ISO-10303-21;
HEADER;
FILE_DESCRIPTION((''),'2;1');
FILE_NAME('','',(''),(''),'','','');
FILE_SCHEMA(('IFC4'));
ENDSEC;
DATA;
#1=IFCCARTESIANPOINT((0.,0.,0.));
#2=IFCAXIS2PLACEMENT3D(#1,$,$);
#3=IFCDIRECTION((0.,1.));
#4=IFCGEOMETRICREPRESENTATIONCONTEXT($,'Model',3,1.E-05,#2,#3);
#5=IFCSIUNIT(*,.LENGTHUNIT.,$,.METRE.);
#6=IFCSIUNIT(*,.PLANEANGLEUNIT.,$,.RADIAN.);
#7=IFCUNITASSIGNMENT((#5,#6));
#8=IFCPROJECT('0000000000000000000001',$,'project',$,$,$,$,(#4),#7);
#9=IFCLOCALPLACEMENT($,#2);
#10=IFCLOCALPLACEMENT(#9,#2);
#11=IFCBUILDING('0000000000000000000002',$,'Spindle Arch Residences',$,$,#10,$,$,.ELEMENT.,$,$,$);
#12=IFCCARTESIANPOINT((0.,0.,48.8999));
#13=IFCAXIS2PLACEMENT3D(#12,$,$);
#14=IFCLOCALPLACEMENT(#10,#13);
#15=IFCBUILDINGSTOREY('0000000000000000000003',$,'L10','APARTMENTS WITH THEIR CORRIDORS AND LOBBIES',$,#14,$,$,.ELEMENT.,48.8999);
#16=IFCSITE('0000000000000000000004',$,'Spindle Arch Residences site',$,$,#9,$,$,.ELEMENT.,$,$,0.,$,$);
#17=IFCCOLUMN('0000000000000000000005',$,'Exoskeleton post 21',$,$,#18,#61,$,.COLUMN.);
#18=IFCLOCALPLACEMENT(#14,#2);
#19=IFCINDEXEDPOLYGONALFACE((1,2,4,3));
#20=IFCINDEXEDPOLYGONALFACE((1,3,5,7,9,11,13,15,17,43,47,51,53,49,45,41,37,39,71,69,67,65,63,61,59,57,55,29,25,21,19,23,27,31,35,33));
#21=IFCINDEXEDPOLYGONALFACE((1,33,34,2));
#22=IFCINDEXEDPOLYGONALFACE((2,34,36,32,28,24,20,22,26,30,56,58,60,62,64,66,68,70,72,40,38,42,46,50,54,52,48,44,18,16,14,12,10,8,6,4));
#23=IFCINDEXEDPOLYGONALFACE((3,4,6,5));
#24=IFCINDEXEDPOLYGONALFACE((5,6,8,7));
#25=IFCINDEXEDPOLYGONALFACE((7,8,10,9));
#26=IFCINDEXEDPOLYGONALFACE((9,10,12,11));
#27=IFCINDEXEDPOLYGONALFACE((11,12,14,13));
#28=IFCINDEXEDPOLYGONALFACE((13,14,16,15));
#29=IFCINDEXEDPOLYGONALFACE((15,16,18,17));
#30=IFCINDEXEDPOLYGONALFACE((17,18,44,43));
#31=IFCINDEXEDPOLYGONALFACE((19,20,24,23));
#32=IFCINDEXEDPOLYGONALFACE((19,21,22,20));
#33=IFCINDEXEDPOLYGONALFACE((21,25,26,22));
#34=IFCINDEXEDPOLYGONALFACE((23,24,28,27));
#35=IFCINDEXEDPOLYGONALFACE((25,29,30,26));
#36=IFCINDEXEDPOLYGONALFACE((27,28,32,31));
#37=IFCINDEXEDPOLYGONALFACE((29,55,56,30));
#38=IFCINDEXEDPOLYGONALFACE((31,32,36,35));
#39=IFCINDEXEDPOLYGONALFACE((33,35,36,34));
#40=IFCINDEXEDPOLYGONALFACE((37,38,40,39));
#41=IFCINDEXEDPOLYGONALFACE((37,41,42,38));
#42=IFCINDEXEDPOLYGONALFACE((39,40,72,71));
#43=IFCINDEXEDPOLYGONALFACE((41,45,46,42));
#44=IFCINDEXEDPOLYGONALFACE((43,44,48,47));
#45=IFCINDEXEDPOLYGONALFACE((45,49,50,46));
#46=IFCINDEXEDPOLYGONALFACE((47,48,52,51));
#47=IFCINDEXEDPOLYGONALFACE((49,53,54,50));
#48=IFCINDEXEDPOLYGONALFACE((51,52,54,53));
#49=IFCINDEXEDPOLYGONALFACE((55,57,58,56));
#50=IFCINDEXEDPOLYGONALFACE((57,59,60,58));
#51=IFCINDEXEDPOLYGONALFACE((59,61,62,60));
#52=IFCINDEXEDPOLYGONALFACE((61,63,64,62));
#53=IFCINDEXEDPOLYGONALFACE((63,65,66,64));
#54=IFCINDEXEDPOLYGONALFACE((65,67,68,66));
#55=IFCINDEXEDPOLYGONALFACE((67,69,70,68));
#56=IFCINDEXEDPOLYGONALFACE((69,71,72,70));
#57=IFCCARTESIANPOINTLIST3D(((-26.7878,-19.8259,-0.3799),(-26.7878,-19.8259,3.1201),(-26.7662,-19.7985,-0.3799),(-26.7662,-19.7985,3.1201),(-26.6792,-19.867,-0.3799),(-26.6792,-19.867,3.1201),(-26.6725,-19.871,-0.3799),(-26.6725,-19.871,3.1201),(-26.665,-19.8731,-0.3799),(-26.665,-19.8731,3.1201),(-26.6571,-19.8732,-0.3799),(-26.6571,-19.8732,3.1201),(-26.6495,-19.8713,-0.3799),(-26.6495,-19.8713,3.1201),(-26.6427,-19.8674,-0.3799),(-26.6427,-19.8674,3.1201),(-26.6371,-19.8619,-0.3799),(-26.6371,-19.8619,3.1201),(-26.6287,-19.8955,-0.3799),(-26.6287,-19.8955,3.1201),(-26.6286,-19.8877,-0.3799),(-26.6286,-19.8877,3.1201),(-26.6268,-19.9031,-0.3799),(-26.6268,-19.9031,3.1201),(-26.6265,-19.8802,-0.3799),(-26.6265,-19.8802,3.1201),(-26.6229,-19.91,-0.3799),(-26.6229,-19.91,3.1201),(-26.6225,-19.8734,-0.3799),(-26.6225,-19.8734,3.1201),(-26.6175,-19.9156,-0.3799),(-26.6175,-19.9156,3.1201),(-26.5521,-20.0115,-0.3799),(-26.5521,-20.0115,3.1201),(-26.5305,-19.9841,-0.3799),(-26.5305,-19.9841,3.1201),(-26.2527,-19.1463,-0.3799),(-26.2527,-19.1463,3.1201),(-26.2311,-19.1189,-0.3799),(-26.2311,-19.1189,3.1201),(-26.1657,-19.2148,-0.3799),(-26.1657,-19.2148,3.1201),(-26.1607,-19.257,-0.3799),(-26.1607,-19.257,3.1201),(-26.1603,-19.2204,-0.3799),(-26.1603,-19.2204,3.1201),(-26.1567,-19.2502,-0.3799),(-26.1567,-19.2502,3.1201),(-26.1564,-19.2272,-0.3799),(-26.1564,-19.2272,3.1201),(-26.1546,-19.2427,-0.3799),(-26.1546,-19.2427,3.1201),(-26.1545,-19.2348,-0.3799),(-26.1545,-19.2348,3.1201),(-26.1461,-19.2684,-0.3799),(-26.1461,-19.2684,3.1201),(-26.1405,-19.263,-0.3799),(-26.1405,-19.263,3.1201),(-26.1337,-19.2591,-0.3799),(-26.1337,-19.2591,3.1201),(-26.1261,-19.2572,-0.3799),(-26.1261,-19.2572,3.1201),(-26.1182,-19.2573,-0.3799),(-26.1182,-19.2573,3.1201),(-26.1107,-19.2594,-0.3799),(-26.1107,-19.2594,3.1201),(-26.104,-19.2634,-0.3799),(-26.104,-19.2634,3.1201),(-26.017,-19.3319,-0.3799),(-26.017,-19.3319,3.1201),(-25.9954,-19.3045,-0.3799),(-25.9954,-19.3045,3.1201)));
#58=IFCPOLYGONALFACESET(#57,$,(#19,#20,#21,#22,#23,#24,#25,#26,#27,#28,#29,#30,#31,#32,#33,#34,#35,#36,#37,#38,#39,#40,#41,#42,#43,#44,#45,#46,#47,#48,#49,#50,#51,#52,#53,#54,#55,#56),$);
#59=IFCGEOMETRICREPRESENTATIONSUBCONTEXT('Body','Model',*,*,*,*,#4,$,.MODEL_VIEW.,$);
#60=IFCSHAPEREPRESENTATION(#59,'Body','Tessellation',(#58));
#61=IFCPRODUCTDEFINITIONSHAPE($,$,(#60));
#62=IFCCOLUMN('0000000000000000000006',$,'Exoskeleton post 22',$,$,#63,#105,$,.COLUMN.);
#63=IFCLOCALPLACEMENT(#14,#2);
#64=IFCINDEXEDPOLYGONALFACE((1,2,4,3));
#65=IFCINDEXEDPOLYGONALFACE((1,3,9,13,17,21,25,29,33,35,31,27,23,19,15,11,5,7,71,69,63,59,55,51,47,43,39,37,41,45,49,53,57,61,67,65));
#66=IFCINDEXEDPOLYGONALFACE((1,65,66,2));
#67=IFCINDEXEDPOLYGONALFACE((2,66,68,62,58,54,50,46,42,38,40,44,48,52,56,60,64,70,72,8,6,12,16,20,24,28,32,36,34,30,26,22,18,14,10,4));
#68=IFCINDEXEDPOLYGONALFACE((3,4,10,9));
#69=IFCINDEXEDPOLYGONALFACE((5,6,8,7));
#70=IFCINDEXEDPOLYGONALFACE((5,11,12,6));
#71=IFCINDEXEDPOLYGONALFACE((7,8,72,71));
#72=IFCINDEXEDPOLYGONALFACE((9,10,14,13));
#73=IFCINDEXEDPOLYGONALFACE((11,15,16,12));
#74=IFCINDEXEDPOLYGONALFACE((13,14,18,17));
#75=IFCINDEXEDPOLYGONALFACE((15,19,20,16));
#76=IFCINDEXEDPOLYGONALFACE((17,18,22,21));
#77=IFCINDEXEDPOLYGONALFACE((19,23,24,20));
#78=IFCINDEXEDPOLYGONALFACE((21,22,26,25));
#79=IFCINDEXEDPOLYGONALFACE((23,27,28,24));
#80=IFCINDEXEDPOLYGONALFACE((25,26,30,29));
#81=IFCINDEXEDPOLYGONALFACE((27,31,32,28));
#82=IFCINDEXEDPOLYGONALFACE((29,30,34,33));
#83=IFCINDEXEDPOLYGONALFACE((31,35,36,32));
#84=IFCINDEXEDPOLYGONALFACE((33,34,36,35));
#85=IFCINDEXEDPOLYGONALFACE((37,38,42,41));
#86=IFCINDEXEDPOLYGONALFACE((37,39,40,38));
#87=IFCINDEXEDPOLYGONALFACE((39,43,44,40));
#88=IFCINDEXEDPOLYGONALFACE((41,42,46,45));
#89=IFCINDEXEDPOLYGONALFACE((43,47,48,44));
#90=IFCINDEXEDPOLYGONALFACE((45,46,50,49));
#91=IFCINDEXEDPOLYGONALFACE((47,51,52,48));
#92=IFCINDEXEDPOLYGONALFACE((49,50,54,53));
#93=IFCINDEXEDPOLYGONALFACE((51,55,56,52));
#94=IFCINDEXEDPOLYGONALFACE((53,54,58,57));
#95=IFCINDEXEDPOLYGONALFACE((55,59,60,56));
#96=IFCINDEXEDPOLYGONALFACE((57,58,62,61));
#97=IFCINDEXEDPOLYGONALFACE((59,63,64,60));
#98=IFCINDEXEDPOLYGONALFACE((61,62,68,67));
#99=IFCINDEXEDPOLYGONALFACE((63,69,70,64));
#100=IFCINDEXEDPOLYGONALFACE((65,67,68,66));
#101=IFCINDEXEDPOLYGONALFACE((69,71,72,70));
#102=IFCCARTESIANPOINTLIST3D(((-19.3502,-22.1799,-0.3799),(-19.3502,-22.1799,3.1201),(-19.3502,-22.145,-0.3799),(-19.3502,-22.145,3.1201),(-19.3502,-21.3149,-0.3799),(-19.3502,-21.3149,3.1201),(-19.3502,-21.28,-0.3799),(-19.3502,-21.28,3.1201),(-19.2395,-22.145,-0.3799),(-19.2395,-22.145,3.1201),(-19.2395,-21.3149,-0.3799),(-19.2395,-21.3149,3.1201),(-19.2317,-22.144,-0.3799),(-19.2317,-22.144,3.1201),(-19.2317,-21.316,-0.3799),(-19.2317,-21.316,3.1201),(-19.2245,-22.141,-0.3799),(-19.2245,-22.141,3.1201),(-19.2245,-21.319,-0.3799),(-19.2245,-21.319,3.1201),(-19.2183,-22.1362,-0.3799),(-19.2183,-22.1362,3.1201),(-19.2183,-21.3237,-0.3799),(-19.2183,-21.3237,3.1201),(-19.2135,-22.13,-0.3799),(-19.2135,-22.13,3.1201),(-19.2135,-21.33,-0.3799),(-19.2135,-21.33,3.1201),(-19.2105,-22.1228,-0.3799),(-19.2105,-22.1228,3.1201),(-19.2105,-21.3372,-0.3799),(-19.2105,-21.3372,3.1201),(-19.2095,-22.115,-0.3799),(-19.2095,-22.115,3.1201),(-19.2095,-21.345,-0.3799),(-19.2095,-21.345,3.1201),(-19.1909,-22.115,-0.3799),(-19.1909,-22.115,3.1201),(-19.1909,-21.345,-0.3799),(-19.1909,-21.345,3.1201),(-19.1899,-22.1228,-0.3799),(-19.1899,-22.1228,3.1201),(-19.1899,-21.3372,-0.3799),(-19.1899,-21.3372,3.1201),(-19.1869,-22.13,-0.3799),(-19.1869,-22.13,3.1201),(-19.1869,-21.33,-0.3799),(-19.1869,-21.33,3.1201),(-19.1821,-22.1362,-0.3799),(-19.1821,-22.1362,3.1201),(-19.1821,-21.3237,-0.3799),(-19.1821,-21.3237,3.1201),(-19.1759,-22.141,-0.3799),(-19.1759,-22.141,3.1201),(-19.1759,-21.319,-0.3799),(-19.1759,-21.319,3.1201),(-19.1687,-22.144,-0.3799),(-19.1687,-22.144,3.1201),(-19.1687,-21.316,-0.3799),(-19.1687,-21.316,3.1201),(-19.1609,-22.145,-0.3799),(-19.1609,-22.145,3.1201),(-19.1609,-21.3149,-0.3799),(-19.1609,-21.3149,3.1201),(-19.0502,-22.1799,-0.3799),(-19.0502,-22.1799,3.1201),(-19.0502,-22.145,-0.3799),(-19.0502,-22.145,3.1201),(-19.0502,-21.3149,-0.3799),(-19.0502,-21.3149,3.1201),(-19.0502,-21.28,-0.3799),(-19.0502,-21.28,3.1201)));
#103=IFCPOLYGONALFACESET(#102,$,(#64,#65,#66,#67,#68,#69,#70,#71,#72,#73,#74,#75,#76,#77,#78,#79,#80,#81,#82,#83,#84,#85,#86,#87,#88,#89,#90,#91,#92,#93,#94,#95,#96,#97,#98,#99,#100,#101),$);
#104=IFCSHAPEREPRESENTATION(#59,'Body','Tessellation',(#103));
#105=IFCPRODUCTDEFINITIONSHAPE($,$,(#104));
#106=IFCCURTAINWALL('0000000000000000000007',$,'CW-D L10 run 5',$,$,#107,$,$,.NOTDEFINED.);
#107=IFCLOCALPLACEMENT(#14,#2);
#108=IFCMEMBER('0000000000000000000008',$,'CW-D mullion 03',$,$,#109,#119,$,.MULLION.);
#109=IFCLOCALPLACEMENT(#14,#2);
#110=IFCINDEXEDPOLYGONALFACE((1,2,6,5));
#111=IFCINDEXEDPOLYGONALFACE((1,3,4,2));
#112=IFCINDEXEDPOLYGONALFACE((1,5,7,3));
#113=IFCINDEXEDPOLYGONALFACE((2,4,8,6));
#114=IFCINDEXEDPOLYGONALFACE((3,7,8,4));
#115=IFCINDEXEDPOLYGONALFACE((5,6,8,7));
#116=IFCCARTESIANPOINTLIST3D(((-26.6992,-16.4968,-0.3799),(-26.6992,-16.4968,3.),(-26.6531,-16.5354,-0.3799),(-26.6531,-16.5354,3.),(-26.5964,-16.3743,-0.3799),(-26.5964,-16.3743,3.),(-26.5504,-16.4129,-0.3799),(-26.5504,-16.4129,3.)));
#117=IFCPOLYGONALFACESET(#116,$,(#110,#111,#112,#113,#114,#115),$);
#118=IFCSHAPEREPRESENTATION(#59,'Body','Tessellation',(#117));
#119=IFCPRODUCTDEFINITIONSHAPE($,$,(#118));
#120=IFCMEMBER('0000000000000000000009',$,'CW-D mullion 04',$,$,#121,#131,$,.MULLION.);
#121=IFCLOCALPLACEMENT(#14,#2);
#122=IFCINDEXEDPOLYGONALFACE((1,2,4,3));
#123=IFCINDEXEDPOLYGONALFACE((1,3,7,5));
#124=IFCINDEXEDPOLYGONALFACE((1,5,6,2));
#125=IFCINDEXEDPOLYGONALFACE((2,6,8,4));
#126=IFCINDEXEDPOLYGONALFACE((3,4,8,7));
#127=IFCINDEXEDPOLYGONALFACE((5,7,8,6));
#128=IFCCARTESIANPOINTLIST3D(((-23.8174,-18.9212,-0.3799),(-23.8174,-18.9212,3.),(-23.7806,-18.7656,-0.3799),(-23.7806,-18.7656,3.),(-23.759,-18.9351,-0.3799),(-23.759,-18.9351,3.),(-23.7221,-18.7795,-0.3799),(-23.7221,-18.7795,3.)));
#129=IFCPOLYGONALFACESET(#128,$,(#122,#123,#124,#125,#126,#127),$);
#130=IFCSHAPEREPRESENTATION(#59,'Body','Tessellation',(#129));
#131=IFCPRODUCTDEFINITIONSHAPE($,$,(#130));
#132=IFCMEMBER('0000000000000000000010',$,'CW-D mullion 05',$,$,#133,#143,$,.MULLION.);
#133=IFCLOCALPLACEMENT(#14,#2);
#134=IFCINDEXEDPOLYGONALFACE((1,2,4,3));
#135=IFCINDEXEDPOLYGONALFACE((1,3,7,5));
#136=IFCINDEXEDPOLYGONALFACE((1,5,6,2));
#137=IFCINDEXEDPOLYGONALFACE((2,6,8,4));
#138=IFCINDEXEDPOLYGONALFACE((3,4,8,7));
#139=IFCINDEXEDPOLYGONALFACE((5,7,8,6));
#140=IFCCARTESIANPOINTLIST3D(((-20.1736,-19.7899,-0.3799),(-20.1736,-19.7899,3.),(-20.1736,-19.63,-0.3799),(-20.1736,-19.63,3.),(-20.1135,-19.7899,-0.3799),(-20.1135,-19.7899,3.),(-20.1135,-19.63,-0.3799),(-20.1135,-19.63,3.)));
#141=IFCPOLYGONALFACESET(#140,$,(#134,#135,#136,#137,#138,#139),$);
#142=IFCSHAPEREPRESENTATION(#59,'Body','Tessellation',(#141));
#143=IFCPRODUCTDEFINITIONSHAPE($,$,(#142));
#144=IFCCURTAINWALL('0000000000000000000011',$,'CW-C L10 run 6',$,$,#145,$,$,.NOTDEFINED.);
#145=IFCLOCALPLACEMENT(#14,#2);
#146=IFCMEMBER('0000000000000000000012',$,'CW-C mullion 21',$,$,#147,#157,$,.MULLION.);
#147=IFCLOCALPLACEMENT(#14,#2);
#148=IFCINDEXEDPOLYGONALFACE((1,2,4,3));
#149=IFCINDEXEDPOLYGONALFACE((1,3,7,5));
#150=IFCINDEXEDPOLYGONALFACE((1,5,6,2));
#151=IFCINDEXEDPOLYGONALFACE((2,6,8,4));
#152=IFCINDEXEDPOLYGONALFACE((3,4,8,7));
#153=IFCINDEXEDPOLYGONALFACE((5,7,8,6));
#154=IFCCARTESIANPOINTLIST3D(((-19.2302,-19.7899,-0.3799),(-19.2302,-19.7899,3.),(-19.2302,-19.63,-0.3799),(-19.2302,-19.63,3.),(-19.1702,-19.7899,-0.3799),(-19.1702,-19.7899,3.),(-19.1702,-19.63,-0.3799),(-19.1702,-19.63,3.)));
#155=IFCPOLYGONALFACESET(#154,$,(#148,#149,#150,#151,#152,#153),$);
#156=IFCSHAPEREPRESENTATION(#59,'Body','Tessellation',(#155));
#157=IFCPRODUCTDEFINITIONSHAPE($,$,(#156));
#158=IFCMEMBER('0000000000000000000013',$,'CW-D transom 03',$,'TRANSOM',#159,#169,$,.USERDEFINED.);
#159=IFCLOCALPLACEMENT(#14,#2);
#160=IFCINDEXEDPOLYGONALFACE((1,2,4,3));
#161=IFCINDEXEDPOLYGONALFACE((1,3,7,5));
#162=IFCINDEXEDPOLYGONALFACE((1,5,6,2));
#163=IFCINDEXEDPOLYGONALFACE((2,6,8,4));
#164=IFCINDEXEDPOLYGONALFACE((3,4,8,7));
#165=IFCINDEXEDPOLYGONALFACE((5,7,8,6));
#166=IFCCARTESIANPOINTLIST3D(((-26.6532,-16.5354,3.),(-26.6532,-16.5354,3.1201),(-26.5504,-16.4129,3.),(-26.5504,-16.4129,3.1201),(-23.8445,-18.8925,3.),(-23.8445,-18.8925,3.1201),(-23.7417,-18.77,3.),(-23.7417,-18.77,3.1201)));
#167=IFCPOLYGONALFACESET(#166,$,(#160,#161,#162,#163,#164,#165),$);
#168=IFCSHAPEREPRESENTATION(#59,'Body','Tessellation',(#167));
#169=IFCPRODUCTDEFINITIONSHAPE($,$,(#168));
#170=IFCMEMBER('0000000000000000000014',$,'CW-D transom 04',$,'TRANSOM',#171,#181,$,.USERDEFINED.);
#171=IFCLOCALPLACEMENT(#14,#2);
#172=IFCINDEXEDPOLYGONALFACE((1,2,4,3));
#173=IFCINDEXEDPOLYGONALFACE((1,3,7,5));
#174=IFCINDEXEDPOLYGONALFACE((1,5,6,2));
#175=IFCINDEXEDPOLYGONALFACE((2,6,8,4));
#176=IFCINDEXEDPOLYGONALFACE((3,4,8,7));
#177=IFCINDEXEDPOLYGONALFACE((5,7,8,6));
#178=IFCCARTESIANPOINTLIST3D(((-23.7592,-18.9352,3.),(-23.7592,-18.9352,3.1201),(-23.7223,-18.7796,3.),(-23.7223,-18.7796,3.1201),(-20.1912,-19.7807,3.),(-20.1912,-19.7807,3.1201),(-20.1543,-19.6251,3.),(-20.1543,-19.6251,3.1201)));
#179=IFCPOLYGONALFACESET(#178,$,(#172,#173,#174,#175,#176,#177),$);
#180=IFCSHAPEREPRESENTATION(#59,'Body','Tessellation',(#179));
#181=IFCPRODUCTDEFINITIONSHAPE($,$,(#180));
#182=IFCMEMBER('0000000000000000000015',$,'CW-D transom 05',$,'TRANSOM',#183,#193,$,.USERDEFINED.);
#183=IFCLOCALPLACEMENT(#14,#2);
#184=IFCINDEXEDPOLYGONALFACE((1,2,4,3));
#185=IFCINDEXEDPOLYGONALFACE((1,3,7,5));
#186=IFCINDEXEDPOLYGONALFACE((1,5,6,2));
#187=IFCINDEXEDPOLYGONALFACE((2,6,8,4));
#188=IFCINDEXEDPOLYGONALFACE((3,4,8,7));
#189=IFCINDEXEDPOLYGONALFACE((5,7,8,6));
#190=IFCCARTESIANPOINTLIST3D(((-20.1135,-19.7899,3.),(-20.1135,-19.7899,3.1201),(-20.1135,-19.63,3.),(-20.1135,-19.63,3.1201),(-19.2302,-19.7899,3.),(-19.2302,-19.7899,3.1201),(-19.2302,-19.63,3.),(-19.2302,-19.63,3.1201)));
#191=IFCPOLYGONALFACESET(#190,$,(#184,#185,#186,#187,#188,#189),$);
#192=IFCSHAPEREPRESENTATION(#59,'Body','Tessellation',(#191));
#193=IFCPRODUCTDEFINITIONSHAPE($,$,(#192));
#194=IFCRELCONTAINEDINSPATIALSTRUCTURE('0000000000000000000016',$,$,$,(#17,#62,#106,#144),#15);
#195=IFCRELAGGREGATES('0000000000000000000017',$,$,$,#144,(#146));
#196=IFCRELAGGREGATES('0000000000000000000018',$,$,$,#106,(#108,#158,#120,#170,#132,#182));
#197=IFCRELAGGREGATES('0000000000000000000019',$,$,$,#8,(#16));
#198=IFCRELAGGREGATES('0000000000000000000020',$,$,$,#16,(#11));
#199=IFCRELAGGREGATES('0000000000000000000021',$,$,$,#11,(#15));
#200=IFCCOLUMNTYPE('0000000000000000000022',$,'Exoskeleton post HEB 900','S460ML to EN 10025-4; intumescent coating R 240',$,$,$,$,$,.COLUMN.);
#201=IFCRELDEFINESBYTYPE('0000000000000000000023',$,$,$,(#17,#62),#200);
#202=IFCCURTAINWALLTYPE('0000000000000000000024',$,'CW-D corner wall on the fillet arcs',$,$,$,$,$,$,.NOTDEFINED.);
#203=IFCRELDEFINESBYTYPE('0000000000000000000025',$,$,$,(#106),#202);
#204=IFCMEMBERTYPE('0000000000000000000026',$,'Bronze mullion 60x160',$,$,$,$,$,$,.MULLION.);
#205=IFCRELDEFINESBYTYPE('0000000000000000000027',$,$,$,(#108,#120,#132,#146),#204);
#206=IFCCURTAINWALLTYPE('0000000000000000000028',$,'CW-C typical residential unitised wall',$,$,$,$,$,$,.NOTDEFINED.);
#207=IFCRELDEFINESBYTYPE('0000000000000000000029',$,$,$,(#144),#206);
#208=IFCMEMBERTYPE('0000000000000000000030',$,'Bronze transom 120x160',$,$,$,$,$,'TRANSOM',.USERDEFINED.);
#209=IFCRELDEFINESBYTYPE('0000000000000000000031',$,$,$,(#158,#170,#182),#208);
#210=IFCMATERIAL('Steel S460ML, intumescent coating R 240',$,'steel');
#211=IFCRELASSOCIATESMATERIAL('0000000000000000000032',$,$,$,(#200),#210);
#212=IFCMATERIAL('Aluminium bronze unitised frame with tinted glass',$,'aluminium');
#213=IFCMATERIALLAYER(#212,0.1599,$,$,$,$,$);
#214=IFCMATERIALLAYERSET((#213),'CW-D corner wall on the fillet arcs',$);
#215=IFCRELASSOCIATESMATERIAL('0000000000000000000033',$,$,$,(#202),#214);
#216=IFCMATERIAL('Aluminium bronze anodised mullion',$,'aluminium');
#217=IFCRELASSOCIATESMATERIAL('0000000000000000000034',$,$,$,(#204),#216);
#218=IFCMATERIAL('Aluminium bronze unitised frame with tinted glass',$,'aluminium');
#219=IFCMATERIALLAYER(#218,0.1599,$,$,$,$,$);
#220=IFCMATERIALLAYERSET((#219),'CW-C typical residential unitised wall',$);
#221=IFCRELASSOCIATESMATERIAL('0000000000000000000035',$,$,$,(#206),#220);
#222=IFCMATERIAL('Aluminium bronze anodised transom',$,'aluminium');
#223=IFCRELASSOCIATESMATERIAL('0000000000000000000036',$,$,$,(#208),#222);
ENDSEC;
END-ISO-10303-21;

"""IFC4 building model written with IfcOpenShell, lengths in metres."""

from ifc_helpers import new_model, si_unit, direction, frame, origin, origin_2d, place, context, subcontext, project, spatial, rectangle, i_section, extrude, material, layer, layer_set, material_profile, profile_set, type_object, element, aggregate, save


model = new_model("IFC4")

# Units and contexts
model_context = context("Model", 3, precision=1e-05, world=origin(), true_north=direction((0.0, 1.0)))
body_context = subcontext(model_context, "Body", "Model", "MODEL_VIEW")
ifc_project = project(units=[si_unit("LENGTHUNIT", "METRE"), si_unit("PLANEANGLEUNIT", "RADIAN")], contexts=[model_context])

# Site, building, storey
site_placement = place(None, origin())
site = spatial("IfcSite", under=ifc_project, at=site_placement, Name="Spindle Arch Residences site", CompositionType="ELEMENT", RefElevation=0.0)
building_placement = place(site_placement, origin())
building = spatial("IfcBuilding", under=site, at=building_placement, Name="Spindle Arch Residences", CompositionType="ELEMENT")
storey_placement = place(building_placement, frame((0.0, 0.0, 48.8999)))
storey = spatial("IfcBuildingStorey", under=building, at=storey_placement, Name="L10", Description="APARTMENTS WITH THEIR CORRIDORS AND LOBBIES", CompositionType="ELEMENT", Elevation=48.8999)

# Columns
ifc_material_1 = material(Name="Steel S460ML, intumescent coating R 240", Category="steel")
ifc_material_profile_1 = material_profile(ifc_material_1, i_section(OverallWidth=0.3, OverallDepth=0.8999, WebThickness=0.0186, FlangeThickness=0.0349, FilletRadius=0.03, at=origin_2d()), Name="HEB 900")
ifc_profile_set_1 = profile_set([ifc_material_profile_1], Name="Steel S460ML, intumescent coating R 240")
column_type = type_object("IfcColumnType", Name="Exoskeleton post HEB 900", Description="S460ML to EN 10025-4; intumescent coating R 240", PredefinedType="COLUMN", material=ifc_profile_set_1)
for number, where, z_axis, x_axis, name in (
    (1, (-26.3916, -19.5652, -0.3799), (0.0, 0.0, 1.0), (-0.785684, 0.618629, 0.0), "Exoskeleton post 21"),
    (2, (-19.2002, -21.73, -0.3799), (0.0, 0.0, 1.0), (-1.0, 0.0, 0.0), "Exoskeleton post 22"),
):
    element("IfcColumn", number, at=place(storey_placement, frame(where, z_axis=z_axis, x_axis=x_axis)), inside=storey, type_object=column_type, Name=name, PredefinedType="COLUMN", context=body_context, shape_type="SweptSolid", body=[
        extrude(i_section(OverallWidth=0.3, OverallDepth=0.8999, WebThickness=0.0186, FlangeThickness=0.0349, FilletRadius=0.03, at=origin_2d()), origin(), (0.0, 0.0, 1.0), 3.5),
    ])

# Curtain wall, members
ifc_material_2 = material(Name="Aluminium bronze unitised frame with tinted glass", Category="aluminium")
ifc_layer_1 = layer(ifc_material_2, 0.1599)
ifc_layer_set_1 = layer_set([ifc_layer_1], Name="CW-D corner wall on the fillet arcs")
curtain_wall_type_1 = type_object("IfcCurtainWallType", Name="CW-D corner wall on the fillet arcs", PredefinedType="NOTDEFINED", material=ifc_layer_set_1)
curtain_wall_1_placement = place(storey_placement, origin())
curtain_wall_1 = element("IfcCurtainWall", 3, at=curtain_wall_1_placement, inside=storey, type_object=curtain_wall_type_1, Name="CW-D L10 run 5", PredefinedType="NOTDEFINED")
ifc_material_3 = material(Name="Aluminium bronze anodised mullion", Category="aluminium")
ifc_material_profile_2 = material_profile(ifc_material_3, rectangle(XDim=0.1599, YDim=0.0601, at=origin_2d()), Name="MU 60x160")
ifc_profile_set_2 = profile_set([ifc_material_profile_2], Name="Aluminium bronze anodised mullion")
member_type_1 = type_object("IfcMemberType", Name="Bronze mullion 60x160", PredefinedType="MULLION", material=ifc_profile_set_2)
member_1_placement = place(storey_placement, frame((-26.6248, -16.4548, -0.3799), z_axis=(0.0, 0.0, 1.0), x_axis=(0.642788, 0.766044, 0.0)))
member_1 = element("IfcMember", 4, at=member_1_placement, type_object=member_type_1, Name="CW-D mullion 03", PredefinedType="MULLION", context=body_context, shape_type="SweptSolid", body=[
    extrude(rectangle(XDim=0.1599, YDim=0.0601, at=origin_2d()), origin(), (0.0, 0.0, 1.0), 3.3799),
])
member_2_placement = place(storey_placement, frame((-23.7698, -18.8503, -0.3799), z_axis=(0.0, 0.0, 1.0), x_axis=(0.230616, 0.973045, 0.0)))
member_2 = element("IfcMember", 5, at=member_2_placement, type_object=member_type_1, Name="CW-D mullion 04", PredefinedType="MULLION", context=body_context, shape_type="SweptSolid", body=[
    extrude(rectangle(XDim=0.1599, YDim=0.0601, at=origin_2d()), origin(), (0.0, 0.0, 1.0), 3.3799),
])
member_3_placement = place(storey_placement, frame((-20.1436, -19.71, -0.3799), z_axis=(0.0, 0.0, 1.0), x_axis=(0.0, 1.0, 0.0)))
member_3 = element("IfcMember", 6, at=member_3_placement, type_object=member_type_1, Name="CW-D mullion 05", PredefinedType="MULLION", context=body_context, shape_type="SweptSolid", body=[
    extrude(rectangle(XDim=0.1599, YDim=0.0601, at=origin_2d()), origin(), (0.0, 0.0, 1.0), 3.3799),
])

# Curtain wall, member
ifc_material_4 = material(Name="Aluminium bronze unitised frame with tinted glass", Category="aluminium")
ifc_layer_2 = layer(ifc_material_4, 0.1599)
ifc_layer_set_2 = layer_set([ifc_layer_2], Name="CW-C typical residential unitised wall")
curtain_wall_type_2 = type_object("IfcCurtainWallType", Name="CW-C typical residential unitised wall", PredefinedType="NOTDEFINED", material=ifc_layer_set_2)
curtain_wall_2_placement = place(storey_placement, origin())
curtain_wall_2 = element("IfcCurtainWall", 7, at=curtain_wall_2_placement, inside=storey, type_object=curtain_wall_type_2, Name="CW-C L10 run 6", PredefinedType="NOTDEFINED")
member_4_placement = place(storey_placement, frame((-19.2002, -19.71, -0.3799), z_axis=(0.0, 0.0, 1.0), x_axis=(0.0, 1.0, 0.0)))
member_4 = element("IfcMember", 8, at=member_4_placement, type_object=member_type_1, Name="CW-C mullion 21", PredefinedType="MULLION", context=body_context, shape_type="SweptSolid", body=[
    extrude(rectangle(XDim=0.1599, YDim=0.0601, at=origin_2d()), origin(), (0.0, 0.0, 1.0), 3.3799),
])

# Members
ifc_material_5 = material(Name="Aluminium bronze anodised transom", Category="aluminium")
ifc_material_profile_3 = material_profile(ifc_material_5, rectangle(XDim=0.1599, YDim=0.1201, at=origin_2d()), Name="TR 120x160")
ifc_profile_set_3 = profile_set([ifc_material_profile_3], Name="Aluminium bronze anodised transom")
member_type_2 = type_object("IfcMemberType", Name="Bronze transom 120x160", ElementType="TRANSOM", PredefinedType="USERDEFINED", material=ifc_profile_set_3)
member_5_placement = place(storey_placement, frame((-26.6018, -16.4741, 3.0601), z_axis=(0.766006, -0.642833, 0.0), x_axis=(0.642833, 0.766006, 0.0)))
member_5 = element("IfcMember", 9, at=member_5_placement, type_object=member_type_2, Name="CW-D transom 03", ObjectType="TRANSOM", PredefinedType="USERDEFINED", context=body_context, shape_type="SweptSolid", body=[
    extrude(rectangle(XDim=0.1599, YDim=0.1201, at=origin_2d()), origin(), (0.0, 0.0, 1.0), 3.6667),
])
member_6_placement = place(storey_placement, frame((-23.7407, -18.8574, 3.0601), z_axis=(0.973054, -0.230579, 0.0), x_axis=(0.230579, 0.973054, 0.0)))
member_6 = element("IfcMember", 10, at=member_6_placement, type_object=member_type_2, Name="CW-D transom 04", ObjectType="TRANSOM", PredefinedType="USERDEFINED", context=body_context, shape_type="SweptSolid", body=[
    extrude(rectangle(XDim=0.1599, YDim=0.1201, at=origin_2d()), origin(), (0.0, 0.0, 1.0), 3.6667),
])
member_7_placement = place(storey_placement, frame((-20.1135, -19.71, 3.0601), z_axis=(1.0, 0.0, 0.0), x_axis=(0.0, 1.0, 0.0)))
member_7 = element("IfcMember", 11, at=member_7_placement, type_object=member_type_2, Name="CW-D transom 05", ObjectType="TRANSOM", PredefinedType="USERDEFINED", context=body_context, shape_type="SweptSolid", body=[
    extrude(rectangle(XDim=0.1599, YDim=0.1201, at=origin_2d()), origin(), (0.0, 0.0, 1.0), 0.8833),
])
aggregate(curtain_wall_2, [member_4])

aggregate(curtain_wall_1, [member_1, member_5, member_2, member_6, member_3, member_7])

save(model, "model.ifc")
